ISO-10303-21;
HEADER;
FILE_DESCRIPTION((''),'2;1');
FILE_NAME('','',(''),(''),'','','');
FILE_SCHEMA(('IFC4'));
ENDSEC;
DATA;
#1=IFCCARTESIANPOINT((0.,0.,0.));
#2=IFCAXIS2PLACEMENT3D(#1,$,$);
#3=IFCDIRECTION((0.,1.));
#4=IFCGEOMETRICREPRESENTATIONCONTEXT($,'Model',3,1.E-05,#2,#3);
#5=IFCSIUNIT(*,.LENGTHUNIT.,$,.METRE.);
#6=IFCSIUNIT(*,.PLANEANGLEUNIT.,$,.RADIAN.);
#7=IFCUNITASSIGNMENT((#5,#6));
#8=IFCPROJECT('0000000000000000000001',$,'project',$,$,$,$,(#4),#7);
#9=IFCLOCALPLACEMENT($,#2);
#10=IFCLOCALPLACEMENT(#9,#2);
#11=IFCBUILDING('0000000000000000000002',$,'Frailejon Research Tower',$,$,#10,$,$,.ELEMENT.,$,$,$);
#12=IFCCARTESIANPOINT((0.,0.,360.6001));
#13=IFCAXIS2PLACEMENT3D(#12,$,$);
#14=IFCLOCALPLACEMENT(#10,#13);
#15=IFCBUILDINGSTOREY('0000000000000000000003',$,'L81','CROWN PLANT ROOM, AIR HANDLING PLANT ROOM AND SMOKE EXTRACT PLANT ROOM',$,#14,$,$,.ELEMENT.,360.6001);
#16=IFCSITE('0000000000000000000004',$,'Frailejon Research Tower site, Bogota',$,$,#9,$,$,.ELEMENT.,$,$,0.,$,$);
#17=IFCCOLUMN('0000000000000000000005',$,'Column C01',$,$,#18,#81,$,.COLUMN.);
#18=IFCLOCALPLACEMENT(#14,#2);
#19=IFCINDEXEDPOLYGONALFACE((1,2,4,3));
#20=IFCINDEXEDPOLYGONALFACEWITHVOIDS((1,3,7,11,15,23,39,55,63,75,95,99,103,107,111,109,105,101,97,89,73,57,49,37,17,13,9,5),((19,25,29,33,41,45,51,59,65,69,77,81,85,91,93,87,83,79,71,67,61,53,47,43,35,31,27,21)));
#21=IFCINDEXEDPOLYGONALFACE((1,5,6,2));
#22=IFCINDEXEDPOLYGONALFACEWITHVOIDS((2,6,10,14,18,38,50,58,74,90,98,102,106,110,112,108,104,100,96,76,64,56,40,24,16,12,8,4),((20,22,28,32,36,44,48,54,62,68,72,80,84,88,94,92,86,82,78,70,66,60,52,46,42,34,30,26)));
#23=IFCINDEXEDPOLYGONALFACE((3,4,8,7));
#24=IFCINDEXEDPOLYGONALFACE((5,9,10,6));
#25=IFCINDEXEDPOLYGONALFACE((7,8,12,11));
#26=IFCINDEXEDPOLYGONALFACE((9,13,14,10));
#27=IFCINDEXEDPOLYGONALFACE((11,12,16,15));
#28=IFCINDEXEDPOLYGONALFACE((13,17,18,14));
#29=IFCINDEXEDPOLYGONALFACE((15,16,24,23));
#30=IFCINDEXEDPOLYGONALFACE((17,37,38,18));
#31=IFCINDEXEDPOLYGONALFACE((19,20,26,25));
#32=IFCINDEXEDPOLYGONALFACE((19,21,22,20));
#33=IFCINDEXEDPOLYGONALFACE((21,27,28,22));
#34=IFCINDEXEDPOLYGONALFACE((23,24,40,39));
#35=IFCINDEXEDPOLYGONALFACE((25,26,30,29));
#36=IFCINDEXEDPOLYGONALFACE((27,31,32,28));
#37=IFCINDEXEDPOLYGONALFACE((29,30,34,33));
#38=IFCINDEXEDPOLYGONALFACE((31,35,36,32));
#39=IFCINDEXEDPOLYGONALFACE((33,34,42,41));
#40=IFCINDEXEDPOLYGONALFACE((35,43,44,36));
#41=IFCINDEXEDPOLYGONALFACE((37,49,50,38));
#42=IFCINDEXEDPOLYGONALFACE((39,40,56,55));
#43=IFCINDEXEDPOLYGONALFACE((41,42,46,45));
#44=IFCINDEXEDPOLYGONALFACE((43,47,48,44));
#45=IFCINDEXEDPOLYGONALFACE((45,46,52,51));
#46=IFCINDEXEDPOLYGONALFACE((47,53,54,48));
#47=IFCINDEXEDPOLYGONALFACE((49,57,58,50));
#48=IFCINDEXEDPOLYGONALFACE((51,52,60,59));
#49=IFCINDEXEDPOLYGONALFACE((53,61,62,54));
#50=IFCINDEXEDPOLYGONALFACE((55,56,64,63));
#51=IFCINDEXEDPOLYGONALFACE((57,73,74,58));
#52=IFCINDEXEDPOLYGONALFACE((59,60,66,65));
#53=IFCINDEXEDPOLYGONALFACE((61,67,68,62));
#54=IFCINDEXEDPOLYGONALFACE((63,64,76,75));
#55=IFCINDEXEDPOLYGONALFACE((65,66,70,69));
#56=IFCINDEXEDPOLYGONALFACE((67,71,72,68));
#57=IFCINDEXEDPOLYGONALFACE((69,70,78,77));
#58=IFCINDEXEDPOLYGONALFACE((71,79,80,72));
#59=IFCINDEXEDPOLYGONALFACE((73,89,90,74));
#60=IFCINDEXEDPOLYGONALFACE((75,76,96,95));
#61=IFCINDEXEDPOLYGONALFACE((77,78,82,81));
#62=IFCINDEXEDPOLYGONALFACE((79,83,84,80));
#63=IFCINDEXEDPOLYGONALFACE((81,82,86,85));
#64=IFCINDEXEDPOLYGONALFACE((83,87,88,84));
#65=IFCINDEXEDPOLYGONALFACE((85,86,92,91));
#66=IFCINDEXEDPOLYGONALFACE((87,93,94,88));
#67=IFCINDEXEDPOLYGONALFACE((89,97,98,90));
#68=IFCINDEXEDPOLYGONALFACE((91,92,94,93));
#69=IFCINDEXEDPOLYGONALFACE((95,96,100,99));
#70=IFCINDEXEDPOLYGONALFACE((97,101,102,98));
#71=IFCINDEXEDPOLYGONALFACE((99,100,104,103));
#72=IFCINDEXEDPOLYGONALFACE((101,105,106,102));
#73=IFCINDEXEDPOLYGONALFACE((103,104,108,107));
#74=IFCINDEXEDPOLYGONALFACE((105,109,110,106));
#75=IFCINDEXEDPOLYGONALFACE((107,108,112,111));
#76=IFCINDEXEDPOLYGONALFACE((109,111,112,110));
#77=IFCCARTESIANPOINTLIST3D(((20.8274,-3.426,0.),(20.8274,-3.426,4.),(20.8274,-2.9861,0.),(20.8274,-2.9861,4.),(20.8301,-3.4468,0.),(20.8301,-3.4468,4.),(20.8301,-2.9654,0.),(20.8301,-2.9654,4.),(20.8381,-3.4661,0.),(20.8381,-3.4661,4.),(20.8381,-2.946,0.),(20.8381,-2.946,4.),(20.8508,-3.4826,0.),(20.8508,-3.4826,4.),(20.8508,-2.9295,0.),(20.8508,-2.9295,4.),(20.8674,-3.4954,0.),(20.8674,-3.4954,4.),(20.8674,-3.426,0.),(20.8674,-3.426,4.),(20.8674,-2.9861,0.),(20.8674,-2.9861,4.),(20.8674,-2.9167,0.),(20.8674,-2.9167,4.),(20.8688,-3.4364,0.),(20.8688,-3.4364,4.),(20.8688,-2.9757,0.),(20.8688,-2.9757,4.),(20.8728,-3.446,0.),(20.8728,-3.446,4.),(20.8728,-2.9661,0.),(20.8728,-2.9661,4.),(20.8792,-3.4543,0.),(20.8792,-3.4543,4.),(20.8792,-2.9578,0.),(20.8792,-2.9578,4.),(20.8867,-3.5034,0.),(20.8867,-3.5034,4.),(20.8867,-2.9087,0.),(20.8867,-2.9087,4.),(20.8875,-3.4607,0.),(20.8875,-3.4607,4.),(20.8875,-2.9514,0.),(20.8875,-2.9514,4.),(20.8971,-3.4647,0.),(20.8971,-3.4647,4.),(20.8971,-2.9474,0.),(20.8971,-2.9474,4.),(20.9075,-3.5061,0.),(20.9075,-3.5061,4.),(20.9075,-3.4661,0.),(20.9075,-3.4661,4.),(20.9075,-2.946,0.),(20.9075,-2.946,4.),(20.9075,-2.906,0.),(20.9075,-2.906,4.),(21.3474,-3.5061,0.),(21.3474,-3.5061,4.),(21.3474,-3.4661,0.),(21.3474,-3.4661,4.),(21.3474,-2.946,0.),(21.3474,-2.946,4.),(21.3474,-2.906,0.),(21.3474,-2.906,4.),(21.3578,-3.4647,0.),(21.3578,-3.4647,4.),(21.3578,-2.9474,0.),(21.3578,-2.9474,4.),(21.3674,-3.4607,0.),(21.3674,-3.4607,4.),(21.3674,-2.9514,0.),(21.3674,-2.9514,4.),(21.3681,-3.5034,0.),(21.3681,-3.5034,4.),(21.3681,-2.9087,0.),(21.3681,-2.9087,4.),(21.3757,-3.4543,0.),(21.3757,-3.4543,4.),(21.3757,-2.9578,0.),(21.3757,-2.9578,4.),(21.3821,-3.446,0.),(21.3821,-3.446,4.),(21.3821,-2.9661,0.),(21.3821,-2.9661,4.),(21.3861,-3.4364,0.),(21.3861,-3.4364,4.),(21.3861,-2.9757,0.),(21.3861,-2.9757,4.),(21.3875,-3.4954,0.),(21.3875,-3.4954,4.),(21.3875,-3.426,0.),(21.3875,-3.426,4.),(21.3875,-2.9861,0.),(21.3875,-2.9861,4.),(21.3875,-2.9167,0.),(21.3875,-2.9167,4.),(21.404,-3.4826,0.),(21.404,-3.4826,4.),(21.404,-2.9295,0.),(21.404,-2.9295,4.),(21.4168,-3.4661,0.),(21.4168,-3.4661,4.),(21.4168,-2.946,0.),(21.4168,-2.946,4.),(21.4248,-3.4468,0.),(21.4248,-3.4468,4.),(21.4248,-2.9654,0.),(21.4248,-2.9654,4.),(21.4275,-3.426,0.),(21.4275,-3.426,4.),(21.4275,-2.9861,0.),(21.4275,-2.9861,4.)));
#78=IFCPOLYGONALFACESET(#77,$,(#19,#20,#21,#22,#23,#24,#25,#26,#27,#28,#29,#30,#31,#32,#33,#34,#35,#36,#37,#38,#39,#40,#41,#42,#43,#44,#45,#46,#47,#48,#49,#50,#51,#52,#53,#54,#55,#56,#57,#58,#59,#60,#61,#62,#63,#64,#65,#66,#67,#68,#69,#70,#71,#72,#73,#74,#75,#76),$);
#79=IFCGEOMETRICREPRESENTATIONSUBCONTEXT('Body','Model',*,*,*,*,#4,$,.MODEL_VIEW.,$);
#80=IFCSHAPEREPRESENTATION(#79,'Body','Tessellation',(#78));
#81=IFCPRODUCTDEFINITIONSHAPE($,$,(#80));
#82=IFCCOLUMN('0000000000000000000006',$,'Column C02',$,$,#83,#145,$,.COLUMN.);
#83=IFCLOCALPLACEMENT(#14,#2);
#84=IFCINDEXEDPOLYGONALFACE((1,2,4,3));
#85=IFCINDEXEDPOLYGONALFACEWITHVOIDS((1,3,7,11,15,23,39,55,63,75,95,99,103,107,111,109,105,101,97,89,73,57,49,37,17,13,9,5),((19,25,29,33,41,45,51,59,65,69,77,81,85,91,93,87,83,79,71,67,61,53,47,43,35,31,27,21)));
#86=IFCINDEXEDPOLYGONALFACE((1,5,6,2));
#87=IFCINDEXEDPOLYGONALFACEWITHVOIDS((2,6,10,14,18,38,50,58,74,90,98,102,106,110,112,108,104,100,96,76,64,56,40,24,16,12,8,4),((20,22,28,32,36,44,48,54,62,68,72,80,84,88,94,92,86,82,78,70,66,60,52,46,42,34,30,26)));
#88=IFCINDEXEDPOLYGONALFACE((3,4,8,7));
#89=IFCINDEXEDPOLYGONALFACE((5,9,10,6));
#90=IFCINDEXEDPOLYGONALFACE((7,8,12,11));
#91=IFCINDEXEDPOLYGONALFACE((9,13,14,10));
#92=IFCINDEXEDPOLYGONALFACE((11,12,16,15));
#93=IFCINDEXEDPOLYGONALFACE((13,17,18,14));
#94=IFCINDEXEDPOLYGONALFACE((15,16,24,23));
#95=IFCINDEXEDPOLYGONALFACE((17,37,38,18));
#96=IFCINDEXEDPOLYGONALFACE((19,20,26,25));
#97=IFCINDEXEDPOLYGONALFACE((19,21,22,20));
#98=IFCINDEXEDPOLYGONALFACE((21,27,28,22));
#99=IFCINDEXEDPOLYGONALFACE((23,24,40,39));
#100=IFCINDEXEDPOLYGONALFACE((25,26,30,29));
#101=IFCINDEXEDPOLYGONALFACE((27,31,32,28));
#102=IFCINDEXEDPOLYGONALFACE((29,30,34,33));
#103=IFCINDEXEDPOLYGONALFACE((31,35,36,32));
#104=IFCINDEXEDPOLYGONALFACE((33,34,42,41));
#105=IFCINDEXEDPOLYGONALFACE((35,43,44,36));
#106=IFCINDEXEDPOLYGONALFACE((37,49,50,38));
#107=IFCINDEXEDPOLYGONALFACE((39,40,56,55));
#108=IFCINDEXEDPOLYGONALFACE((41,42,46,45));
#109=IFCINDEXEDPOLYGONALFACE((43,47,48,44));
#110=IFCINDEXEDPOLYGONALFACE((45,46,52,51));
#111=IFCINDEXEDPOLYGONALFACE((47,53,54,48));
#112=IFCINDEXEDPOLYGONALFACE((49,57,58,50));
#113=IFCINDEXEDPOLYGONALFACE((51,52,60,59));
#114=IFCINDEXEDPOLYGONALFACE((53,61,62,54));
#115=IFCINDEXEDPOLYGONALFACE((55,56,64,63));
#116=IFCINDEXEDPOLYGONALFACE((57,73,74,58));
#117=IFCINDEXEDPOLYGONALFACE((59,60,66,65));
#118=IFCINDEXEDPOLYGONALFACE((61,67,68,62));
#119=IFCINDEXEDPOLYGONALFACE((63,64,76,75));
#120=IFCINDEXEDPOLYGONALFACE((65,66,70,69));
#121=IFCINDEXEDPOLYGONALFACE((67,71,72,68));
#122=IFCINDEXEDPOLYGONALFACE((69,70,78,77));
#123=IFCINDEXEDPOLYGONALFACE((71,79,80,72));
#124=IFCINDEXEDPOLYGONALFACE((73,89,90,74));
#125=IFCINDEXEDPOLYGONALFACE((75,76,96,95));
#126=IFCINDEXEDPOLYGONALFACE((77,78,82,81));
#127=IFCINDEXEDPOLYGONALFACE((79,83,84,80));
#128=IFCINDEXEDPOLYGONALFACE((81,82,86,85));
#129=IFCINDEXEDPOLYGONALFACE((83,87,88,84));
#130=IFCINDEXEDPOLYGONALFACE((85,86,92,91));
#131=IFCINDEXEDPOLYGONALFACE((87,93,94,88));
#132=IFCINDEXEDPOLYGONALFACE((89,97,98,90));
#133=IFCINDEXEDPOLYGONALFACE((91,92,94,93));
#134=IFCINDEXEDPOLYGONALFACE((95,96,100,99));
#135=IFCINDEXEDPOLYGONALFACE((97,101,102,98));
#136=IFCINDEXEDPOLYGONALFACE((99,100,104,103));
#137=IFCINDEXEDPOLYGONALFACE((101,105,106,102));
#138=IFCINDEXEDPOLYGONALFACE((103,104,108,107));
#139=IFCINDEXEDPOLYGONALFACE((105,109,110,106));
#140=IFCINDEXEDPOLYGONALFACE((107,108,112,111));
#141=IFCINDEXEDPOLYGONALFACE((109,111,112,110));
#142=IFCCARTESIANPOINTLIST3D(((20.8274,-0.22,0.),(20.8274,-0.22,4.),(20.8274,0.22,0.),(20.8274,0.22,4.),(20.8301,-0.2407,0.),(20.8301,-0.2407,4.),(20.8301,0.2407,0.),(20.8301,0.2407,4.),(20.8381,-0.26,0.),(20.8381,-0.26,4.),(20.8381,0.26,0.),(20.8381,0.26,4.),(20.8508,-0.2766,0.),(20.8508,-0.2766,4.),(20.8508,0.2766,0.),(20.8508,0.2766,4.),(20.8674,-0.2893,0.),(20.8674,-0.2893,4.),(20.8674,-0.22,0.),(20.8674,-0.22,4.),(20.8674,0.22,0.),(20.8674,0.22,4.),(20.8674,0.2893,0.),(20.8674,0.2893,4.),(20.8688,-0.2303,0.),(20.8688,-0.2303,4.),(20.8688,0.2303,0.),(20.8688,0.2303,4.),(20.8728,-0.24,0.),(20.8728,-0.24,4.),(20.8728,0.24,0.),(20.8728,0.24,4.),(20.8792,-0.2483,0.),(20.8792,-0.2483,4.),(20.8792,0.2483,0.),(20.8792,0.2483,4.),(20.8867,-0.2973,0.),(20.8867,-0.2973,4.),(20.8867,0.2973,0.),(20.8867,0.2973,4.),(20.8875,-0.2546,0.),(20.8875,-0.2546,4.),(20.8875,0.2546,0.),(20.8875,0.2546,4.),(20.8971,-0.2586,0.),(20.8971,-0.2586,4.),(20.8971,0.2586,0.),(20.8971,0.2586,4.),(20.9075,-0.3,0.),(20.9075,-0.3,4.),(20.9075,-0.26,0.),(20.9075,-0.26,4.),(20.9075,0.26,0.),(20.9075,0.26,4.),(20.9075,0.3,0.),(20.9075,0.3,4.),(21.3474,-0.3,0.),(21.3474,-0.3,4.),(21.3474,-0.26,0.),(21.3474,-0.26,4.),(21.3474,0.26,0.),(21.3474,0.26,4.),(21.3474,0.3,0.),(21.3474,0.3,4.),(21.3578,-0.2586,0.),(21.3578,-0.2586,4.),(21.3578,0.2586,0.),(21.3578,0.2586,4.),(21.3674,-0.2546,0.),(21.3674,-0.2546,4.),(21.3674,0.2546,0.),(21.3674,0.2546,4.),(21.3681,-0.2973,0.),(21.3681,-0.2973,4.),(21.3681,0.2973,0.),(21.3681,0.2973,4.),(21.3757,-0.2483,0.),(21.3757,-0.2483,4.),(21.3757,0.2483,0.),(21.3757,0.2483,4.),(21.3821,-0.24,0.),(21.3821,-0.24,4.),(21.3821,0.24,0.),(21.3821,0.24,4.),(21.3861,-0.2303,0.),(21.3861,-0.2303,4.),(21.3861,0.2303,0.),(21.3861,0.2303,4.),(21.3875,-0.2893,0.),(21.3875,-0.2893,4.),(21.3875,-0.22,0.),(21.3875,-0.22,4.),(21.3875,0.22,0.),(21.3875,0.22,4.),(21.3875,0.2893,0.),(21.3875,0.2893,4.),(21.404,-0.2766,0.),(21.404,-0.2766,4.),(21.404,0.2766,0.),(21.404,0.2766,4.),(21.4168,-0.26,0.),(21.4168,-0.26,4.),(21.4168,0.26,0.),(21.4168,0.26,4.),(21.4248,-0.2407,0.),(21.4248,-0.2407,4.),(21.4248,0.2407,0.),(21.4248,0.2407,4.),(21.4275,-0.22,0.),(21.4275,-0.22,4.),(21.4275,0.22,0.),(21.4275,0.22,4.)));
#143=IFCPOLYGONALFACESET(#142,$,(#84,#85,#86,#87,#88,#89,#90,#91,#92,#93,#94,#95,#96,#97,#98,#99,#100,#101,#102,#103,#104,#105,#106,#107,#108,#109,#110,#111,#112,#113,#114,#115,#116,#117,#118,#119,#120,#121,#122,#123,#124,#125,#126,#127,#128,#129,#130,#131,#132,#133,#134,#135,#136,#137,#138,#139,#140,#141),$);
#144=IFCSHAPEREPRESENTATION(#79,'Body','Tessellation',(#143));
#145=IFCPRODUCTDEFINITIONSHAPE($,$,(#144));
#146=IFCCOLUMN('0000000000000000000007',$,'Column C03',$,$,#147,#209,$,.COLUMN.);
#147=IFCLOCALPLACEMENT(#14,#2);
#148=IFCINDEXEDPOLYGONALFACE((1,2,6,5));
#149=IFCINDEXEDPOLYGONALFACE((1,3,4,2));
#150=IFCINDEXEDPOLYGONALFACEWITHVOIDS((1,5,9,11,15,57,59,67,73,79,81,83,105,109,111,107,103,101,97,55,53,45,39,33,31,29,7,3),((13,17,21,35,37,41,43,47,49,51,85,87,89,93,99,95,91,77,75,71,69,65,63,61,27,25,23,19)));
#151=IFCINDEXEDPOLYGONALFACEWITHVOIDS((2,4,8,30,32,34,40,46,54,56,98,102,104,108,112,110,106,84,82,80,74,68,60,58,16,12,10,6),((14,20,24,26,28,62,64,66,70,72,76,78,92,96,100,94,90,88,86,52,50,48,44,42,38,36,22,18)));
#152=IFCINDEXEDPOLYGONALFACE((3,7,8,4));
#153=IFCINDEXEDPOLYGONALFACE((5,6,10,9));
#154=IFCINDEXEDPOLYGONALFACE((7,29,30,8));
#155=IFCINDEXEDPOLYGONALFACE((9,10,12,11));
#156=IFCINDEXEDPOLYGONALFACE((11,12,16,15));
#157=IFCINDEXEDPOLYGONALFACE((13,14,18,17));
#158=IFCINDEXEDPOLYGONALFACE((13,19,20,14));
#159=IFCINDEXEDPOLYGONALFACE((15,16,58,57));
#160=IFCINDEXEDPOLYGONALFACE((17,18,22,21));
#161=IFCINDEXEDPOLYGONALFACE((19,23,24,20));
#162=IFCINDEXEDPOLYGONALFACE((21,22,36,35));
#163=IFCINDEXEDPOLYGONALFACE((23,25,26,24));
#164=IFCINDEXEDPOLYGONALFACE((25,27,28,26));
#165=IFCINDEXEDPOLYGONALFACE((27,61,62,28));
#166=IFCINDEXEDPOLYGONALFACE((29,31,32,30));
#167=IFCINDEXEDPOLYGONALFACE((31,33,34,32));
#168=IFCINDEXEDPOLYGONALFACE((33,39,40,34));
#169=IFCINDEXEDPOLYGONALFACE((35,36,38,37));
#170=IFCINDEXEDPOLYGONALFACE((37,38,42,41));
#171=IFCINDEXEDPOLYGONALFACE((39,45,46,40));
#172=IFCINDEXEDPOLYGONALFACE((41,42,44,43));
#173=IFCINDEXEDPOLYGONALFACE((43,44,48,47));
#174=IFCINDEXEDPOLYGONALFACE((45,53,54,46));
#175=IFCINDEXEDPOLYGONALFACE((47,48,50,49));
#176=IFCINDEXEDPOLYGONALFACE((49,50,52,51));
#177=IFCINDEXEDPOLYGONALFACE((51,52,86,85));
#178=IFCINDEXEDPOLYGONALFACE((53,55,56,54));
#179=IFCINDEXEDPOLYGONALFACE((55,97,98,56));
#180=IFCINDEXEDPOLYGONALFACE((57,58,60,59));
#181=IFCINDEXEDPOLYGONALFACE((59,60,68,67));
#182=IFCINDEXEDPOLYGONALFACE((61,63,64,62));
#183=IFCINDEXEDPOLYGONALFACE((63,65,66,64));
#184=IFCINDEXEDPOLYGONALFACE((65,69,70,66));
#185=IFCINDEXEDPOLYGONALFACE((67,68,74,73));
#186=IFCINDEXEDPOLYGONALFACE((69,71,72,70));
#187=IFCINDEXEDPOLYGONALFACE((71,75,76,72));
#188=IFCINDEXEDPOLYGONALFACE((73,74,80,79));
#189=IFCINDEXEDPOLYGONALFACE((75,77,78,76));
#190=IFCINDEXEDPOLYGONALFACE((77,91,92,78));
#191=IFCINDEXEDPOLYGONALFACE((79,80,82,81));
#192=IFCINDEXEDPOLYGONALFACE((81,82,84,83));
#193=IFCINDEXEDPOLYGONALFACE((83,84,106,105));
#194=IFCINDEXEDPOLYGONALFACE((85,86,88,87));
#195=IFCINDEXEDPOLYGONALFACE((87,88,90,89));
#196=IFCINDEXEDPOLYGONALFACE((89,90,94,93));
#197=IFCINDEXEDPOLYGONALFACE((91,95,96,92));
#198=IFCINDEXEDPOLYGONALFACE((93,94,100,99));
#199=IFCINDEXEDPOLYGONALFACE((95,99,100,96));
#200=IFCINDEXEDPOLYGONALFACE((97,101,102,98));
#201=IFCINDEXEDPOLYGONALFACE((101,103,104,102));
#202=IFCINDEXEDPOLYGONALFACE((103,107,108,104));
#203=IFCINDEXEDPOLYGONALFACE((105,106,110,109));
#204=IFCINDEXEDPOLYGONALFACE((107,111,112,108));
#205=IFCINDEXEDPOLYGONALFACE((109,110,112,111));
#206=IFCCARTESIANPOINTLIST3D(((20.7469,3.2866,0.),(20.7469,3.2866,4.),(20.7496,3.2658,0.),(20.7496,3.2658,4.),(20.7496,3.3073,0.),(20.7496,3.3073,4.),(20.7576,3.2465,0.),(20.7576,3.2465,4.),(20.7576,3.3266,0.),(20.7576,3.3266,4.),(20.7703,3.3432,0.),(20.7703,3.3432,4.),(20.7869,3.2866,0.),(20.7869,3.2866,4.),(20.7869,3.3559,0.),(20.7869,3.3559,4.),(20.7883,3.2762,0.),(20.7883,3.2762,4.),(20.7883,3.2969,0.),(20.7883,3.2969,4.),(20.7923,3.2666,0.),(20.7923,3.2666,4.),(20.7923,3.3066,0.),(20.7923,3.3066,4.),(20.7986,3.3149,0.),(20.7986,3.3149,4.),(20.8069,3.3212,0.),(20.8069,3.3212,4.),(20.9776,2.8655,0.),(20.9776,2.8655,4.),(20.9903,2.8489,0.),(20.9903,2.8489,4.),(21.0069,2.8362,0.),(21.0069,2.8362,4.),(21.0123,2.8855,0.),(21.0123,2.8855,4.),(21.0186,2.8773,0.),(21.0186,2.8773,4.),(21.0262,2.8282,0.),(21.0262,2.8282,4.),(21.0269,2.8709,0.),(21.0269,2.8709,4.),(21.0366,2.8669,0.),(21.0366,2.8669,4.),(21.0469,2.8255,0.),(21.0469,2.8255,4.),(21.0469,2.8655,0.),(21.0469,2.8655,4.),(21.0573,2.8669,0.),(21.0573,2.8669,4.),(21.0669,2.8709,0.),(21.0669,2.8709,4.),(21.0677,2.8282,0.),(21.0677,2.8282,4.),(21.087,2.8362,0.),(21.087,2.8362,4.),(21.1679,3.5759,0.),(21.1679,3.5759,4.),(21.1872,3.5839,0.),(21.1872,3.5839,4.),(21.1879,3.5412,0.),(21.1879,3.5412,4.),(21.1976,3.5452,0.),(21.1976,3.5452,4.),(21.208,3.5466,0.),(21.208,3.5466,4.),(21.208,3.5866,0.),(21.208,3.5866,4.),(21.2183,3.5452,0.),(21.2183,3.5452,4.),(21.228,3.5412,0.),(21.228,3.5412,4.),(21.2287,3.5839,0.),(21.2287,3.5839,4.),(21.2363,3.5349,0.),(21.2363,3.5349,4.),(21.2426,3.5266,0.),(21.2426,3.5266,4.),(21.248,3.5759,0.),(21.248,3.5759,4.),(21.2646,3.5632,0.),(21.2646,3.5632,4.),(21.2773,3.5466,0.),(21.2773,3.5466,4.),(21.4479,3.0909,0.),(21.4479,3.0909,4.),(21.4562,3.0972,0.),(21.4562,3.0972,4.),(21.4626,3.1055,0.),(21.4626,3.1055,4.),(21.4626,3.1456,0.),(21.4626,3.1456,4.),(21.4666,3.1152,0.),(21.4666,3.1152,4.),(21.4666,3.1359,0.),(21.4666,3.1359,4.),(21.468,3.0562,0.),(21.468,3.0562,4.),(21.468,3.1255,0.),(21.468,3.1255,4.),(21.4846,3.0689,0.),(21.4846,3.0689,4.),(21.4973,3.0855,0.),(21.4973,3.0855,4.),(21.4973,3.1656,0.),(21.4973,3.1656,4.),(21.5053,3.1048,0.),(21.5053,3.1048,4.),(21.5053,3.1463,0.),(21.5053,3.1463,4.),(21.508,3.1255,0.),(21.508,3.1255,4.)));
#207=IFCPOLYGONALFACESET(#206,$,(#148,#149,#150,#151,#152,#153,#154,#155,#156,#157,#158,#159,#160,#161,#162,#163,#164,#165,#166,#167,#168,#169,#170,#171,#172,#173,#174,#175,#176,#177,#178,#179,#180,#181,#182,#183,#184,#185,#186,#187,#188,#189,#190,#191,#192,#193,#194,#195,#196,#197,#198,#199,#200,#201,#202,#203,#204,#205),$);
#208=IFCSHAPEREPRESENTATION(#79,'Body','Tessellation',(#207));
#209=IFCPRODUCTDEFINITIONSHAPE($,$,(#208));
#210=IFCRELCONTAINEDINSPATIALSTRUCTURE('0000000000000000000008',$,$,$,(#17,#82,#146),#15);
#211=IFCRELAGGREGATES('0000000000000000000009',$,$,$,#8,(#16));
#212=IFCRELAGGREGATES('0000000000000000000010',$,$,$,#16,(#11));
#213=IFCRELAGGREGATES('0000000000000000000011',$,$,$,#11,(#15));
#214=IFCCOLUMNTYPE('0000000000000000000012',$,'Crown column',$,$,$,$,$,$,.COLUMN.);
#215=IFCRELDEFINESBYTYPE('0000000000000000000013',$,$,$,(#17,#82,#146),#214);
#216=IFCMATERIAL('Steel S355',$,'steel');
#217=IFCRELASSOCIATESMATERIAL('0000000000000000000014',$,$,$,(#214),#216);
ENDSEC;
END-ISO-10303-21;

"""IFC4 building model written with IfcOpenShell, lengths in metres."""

from ifc_helpers import new_model, si_unit, direction, frame, origin, origin_2d, place, context, subcontext, project, spatial, hollow_rectangle, extrude, material, material_profile, profile_set, type_object, element, save


model = new_model("IFC4")

# Units and contexts
model_context = context("Model", 3, precision=1e-05, world=origin(), true_north=direction((0.0, 1.0)))
body_context = subcontext(model_context, "Body", "Model", "MODEL_VIEW")
ifc_project = project(units=[si_unit("LENGTHUNIT", "METRE"), si_unit("PLANEANGLEUNIT", "RADIAN")], contexts=[model_context])

# Site, building, storey
site_placement = place(None, origin())
site = spatial("IfcSite", under=ifc_project, at=site_placement, Name="Frailejon Research Tower site, Bogota", CompositionType="ELEMENT", RefElevation=0.0)
building_placement = place(site_placement, origin())
building = spatial("IfcBuilding", under=site, at=building_placement, Name="Frailejon Research Tower", CompositionType="ELEMENT")
storey_placement = place(building_placement, frame((0.0, 0.0, 360.6001)))
storey = spatial("IfcBuildingStorey", under=building, at=storey_placement, Name="L81", Description="CROWN PLANT ROOM, AIR HANDLING PLANT ROOM AND SMOKE EXTRACT PLANT ROOM", CompositionType="ELEMENT", Elevation=360.6001)

# Columns
ifc_material_1 = material(Name="Steel S355", Category="steel")
ifc_material_profile_1 = material_profile(ifc_material_1, hollow_rectangle(XDim=0.6001, YDim=0.6001, WallThickness=0.04, InnerFilletRadius=0.04, OuterFilletRadius=0.0801, at=origin_2d()), Name="Crown column")
ifc_profile_set_1 = profile_set([ifc_material_profile_1], Name="Steel S355")
column_type = type_object("IfcColumnType", Name="Crown column", PredefinedType="COLUMN", material=ifc_profile_set_1)
for number, where, z_axis, x_axis, name in (
    (1, (21.1274, -3.2061, 0.0), (0.0, 0.0, 1.0), (0.0, 1.0, 0.0), "Column C01"),
    (2, (21.1274, 0.0, 0.0), (0.0, 0.0, 1.0), (0.0, 1.0, 0.0), "Column C02"),
    (3, (21.1274, 3.2061, 0.0), (0.0, 0.0, 1.0), (-0.5, 0.866025, 0.0), "Column C03"),
):
    element("IfcColumn", number, at=place(storey_placement, frame(where, z_axis=z_axis, x_axis=x_axis)), inside=storey, type_object=column_type, Name=name, PredefinedType="COLUMN", context=body_context, shape_type="SweptSolid", body=[
        extrude(hollow_rectangle(XDim=0.6001, YDim=0.6001, WallThickness=0.04, InnerFilletRadius=0.04, OuterFilletRadius=0.0801, at=origin_2d()), origin(), (0.0, 0.0, 1.0), 4.0),
    ])

save(model, "model.ifc")
